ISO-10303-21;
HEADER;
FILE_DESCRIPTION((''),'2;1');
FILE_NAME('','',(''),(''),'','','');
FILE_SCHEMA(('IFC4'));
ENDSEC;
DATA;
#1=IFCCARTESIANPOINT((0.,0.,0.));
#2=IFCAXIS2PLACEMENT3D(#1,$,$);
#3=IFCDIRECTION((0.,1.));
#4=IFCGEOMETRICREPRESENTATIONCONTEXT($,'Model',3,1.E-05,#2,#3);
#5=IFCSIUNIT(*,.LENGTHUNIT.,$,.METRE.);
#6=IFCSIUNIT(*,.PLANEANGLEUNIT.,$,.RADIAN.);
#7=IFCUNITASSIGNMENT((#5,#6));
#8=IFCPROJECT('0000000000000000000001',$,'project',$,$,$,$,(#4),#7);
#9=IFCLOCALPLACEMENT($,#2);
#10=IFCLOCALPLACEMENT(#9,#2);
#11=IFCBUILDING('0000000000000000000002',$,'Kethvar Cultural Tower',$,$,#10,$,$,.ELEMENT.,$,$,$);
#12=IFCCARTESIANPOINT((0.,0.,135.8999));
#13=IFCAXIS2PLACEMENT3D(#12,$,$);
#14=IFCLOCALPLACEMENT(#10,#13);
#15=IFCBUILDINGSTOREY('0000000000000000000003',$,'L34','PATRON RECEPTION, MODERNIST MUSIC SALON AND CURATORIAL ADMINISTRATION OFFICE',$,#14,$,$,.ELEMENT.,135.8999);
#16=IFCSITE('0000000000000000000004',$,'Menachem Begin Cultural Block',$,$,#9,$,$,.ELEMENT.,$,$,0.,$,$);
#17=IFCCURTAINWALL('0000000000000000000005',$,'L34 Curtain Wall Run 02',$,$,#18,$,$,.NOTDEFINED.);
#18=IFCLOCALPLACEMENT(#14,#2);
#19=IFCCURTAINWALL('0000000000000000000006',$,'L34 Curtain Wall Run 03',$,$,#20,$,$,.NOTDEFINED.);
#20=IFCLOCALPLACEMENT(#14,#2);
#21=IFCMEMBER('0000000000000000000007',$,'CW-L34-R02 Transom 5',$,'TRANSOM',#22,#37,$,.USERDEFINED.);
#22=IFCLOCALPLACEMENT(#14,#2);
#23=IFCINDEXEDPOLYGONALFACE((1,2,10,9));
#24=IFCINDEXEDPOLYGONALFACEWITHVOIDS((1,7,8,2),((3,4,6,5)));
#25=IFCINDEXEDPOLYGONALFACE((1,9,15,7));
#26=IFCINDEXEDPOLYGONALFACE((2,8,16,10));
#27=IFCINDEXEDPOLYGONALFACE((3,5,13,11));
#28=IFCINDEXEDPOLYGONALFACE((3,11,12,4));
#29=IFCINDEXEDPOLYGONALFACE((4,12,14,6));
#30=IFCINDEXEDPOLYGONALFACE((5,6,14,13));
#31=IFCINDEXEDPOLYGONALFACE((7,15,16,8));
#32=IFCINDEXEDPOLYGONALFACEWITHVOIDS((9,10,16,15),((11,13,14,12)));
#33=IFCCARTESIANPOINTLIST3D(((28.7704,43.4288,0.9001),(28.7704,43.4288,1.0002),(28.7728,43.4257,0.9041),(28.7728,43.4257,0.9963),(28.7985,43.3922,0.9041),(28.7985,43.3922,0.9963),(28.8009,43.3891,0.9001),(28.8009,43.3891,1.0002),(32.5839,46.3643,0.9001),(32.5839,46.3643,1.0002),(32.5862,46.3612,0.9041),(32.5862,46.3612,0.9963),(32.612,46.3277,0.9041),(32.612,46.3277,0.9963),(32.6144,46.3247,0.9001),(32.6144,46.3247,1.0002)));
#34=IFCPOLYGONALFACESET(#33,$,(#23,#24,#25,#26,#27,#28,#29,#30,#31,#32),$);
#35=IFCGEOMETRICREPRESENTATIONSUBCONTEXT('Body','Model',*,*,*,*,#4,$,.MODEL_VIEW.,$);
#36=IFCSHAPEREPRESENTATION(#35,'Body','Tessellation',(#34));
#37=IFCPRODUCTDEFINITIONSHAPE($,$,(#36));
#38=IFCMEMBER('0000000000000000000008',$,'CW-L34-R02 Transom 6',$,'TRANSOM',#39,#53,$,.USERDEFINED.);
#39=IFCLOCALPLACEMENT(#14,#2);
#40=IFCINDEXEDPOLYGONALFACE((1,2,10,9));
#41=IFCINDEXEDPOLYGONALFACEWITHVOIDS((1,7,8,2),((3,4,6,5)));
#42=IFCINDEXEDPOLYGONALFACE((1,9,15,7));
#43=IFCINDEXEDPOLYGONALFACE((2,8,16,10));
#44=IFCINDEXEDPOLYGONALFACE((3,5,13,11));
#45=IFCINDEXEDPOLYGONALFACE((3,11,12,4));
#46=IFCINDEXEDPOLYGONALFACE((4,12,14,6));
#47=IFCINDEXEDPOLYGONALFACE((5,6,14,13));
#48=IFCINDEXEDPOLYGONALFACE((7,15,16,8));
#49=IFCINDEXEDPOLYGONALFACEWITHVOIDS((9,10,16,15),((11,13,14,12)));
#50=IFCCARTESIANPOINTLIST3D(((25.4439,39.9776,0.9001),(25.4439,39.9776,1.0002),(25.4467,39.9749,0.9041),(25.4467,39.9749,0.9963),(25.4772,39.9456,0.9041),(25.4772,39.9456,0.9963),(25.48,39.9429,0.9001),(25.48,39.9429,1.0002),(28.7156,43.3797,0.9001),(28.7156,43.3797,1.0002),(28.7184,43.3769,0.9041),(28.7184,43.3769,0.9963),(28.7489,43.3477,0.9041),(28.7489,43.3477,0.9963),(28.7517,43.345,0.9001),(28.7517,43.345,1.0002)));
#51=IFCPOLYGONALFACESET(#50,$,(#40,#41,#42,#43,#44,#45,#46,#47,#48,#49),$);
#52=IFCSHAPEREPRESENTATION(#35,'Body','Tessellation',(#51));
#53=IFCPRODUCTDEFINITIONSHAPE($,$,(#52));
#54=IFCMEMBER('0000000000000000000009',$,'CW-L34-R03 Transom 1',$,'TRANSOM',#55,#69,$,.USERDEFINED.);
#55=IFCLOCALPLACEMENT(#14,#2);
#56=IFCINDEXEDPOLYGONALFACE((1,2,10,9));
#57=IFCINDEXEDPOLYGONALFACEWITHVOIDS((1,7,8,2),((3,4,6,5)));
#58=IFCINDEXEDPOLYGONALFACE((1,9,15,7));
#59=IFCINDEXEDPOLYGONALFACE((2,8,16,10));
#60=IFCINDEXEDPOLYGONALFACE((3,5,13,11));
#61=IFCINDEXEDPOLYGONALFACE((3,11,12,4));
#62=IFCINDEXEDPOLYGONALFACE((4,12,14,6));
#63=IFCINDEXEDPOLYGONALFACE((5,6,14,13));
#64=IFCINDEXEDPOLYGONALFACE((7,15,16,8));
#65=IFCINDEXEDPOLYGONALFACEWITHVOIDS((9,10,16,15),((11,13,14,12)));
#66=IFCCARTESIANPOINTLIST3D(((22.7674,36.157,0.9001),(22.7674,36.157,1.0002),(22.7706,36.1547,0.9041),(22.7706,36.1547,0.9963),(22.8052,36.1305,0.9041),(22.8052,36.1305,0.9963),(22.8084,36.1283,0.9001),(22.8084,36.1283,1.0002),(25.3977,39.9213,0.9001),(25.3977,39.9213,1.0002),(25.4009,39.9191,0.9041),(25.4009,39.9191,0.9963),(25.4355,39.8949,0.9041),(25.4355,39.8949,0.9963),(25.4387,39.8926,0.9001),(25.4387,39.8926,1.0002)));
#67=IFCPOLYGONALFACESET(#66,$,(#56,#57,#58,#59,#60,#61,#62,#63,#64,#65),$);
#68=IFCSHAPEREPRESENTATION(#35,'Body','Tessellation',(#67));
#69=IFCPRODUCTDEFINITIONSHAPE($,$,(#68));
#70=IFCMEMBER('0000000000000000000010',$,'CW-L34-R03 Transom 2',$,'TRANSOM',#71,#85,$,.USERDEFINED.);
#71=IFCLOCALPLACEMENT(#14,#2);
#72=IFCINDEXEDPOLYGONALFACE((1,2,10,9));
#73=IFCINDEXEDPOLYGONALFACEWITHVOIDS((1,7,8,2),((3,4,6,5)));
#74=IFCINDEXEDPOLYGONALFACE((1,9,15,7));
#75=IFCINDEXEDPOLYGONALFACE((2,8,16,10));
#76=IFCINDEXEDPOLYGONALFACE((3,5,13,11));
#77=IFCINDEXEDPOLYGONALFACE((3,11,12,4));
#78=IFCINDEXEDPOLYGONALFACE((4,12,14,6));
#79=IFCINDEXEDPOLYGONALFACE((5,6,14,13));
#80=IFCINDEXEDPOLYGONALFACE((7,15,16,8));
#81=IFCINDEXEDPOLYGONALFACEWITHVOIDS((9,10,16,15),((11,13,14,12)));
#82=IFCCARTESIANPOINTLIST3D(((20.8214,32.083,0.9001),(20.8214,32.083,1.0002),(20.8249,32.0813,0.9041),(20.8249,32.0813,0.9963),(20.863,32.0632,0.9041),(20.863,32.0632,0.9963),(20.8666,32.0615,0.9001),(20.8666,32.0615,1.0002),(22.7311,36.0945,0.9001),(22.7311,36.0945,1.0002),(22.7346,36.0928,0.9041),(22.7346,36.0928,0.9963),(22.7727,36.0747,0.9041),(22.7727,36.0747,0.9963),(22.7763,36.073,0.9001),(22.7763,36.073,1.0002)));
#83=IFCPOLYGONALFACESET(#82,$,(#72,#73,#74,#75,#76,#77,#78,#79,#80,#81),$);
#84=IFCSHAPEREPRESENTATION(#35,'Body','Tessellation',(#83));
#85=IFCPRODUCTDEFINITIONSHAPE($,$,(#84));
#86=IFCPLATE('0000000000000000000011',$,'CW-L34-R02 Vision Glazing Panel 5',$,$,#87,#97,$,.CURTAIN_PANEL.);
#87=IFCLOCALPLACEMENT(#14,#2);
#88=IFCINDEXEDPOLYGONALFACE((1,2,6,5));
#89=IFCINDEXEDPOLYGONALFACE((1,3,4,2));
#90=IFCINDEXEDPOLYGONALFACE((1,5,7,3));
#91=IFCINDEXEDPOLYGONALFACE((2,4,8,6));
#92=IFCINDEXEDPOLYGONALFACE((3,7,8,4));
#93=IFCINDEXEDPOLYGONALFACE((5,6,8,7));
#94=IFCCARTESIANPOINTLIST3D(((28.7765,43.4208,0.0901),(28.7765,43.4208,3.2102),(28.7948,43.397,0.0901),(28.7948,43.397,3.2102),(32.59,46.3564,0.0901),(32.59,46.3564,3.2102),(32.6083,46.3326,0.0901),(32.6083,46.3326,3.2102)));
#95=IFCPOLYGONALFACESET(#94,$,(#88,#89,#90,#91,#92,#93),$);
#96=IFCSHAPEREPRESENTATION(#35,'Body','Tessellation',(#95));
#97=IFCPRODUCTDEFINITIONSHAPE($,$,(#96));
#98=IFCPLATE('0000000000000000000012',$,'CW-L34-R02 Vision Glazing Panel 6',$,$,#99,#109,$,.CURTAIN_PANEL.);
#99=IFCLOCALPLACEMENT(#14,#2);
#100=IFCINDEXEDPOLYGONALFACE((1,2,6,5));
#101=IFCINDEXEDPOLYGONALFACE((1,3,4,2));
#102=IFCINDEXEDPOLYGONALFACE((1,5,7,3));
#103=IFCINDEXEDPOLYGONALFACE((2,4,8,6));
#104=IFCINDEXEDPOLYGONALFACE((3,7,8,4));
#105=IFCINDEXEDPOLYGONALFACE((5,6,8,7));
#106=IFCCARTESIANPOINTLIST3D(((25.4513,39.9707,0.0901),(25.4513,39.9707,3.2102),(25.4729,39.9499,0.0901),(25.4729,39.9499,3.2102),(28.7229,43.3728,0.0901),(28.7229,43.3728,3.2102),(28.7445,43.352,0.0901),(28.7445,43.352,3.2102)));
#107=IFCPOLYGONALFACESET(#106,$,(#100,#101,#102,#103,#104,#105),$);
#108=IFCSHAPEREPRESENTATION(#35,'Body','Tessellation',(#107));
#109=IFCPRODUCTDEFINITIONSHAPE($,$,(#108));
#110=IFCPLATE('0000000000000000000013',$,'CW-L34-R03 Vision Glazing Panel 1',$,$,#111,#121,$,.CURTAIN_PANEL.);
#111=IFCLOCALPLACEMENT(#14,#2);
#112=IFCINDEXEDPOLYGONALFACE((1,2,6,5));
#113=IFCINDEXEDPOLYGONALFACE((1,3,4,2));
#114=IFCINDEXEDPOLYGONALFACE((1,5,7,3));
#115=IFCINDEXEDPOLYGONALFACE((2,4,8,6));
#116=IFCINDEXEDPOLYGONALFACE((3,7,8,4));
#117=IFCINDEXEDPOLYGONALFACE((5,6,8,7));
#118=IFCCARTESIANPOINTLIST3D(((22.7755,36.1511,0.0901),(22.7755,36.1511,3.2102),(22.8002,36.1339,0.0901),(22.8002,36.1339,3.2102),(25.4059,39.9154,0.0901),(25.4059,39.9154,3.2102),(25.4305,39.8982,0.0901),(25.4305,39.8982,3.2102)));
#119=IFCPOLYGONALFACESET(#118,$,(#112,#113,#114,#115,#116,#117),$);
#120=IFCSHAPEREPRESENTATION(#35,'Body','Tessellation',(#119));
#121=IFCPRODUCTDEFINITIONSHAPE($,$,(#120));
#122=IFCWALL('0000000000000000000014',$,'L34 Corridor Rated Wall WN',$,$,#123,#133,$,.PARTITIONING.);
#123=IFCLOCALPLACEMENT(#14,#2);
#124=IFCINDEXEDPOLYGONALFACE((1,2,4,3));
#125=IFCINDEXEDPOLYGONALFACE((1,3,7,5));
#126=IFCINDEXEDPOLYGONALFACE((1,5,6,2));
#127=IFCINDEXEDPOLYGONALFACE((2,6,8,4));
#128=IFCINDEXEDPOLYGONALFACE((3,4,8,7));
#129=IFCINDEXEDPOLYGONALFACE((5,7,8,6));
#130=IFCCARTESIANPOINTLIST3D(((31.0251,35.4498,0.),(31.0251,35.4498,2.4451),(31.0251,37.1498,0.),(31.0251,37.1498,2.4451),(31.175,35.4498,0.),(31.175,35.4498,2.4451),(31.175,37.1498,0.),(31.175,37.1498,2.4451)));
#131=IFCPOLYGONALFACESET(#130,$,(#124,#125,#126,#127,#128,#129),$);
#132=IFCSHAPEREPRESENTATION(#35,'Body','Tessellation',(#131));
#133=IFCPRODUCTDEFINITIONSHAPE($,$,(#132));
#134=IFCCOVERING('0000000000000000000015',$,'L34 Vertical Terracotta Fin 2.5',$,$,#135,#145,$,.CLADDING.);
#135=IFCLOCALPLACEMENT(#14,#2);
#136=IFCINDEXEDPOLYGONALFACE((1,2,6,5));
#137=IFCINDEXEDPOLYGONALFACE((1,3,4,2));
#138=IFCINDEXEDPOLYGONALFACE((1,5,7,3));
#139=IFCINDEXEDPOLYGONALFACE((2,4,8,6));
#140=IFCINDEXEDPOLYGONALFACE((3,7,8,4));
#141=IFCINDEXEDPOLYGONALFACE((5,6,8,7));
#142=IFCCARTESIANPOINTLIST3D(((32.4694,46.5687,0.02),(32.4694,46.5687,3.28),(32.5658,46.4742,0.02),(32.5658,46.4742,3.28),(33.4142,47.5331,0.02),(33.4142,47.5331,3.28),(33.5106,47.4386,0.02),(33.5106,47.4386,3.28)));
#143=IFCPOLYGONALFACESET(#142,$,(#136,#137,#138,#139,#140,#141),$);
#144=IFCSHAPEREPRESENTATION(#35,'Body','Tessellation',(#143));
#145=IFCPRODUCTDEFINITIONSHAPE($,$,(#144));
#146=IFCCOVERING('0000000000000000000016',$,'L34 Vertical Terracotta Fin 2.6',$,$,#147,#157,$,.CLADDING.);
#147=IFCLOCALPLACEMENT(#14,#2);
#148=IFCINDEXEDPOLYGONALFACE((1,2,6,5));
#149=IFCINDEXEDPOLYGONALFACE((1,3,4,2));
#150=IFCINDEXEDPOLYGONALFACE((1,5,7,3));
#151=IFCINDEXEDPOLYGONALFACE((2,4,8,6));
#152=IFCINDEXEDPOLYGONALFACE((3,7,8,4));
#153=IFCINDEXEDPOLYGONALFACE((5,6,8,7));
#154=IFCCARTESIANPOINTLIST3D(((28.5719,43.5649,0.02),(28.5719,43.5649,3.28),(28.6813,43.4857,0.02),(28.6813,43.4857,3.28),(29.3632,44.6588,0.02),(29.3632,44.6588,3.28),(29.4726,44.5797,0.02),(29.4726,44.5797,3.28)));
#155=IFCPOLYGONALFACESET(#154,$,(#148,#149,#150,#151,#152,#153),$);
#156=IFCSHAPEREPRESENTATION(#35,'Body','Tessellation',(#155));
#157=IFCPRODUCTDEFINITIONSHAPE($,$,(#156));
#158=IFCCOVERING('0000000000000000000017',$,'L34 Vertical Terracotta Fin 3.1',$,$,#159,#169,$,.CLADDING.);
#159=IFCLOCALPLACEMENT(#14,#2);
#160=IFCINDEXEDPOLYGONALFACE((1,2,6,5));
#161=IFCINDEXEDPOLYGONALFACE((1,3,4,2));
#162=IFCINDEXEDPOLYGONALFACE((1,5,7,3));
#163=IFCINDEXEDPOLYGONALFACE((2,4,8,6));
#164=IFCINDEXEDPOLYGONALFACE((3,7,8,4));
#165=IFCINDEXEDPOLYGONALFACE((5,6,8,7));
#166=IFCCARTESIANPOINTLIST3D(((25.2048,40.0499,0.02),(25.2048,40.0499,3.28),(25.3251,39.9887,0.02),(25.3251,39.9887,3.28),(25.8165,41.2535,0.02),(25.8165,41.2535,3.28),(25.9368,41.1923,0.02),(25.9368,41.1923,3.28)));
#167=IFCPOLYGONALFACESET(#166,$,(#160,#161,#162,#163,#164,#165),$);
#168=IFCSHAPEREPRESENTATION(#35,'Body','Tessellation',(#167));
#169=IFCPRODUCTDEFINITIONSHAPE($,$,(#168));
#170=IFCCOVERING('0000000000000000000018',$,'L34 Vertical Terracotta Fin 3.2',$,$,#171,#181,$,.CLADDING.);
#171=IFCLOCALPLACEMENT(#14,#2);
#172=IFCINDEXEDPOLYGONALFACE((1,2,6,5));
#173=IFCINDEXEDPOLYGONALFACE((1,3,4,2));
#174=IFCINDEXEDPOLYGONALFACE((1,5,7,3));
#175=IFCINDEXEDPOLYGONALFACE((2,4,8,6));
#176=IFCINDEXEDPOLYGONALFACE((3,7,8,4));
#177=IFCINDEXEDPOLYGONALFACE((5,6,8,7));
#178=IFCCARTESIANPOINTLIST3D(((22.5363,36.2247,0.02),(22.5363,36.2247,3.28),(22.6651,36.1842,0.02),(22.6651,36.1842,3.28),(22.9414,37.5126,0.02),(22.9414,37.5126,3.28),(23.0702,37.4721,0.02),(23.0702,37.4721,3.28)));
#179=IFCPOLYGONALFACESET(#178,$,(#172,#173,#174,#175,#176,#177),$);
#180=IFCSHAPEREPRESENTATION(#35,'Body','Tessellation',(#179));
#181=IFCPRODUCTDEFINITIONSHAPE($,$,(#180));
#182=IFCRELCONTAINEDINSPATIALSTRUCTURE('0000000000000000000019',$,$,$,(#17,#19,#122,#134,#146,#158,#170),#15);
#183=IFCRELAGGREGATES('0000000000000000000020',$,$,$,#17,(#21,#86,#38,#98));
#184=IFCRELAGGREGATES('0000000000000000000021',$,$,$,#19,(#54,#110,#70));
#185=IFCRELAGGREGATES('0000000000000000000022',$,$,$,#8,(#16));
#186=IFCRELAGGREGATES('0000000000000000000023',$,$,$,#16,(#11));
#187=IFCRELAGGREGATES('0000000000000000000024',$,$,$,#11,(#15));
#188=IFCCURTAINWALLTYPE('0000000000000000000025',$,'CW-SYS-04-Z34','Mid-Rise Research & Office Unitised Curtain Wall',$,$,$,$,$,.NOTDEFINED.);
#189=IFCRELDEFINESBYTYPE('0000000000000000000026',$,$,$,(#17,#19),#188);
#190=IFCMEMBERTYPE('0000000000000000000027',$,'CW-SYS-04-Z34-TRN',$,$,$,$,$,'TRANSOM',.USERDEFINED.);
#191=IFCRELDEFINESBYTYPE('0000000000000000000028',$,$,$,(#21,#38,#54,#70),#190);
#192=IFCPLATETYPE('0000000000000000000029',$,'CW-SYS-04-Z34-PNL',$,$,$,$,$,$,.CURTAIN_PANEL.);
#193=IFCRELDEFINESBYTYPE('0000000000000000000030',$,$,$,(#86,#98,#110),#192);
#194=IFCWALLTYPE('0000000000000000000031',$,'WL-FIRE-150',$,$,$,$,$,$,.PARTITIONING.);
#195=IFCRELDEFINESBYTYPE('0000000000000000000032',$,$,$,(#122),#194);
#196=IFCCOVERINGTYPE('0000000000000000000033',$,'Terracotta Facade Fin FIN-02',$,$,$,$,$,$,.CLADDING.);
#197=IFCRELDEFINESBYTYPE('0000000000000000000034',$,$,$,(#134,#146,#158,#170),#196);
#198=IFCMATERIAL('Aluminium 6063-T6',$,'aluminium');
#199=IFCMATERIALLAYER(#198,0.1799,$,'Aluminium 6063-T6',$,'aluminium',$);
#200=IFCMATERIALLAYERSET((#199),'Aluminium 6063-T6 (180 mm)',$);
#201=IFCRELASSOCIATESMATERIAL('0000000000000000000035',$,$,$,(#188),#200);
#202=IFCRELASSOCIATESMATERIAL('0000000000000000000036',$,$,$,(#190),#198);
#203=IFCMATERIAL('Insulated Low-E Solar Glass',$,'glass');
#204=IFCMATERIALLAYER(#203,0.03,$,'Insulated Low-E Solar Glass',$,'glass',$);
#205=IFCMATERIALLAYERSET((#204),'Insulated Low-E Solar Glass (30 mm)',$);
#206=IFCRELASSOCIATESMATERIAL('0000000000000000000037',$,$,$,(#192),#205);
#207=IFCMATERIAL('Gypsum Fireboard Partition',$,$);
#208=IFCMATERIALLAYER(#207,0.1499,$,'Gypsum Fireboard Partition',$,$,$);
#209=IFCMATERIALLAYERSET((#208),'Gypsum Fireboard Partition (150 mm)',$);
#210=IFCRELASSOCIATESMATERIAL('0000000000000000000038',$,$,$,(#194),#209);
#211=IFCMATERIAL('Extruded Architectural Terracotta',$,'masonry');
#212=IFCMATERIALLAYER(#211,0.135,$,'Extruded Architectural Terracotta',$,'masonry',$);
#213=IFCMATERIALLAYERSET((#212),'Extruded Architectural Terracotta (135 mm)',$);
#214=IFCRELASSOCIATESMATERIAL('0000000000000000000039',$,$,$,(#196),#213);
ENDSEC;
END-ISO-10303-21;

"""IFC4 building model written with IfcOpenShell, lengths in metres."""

from ifc_helpers import new_model, si_unit, direction, frame, frame_2d, origin, origin_2d, place, context, subcontext, project, spatial, rectangle, hollow_rectangle, extrude, source, transform, mapped, material, layer, layer_set, material_profile, profile_set, type_object, element, aggregate, save


model = new_model("IFC4")

# Units and contexts
model_context = context("Model", 3, precision=1e-05, world=origin(), true_north=direction((0.0, 1.0)))
body_context = subcontext(model_context, "Body", "Model", "MODEL_VIEW")
ifc_project = project(units=[si_unit("LENGTHUNIT", "METRE"), si_unit("PLANEANGLEUNIT", "RADIAN")], contexts=[model_context])

# Site, building, storey
site_placement = place(None, origin())
site = spatial("IfcSite", under=ifc_project, at=site_placement, Name="Menachem Begin Cultural Block", CompositionType="ELEMENT", RefElevation=0.0)
building_placement = place(site_placement, origin())
building = spatial("IfcBuilding", under=site, at=building_placement, Name="Kethvar Cultural Tower", CompositionType="ELEMENT")
storey_placement = place(building_placement, frame((0.0, 0.0, 135.8999)))
storey = spatial("IfcBuildingStorey", under=building, at=storey_placement, Name="L34", Description="PATRON RECEPTION, MODERNIST MUSIC SALON AND CURATORIAL ADMINISTRATION OFFICE", CompositionType="ELEMENT", Elevation=135.8999)

# Curtain walls
ifc_material_1 = material(Name="Aluminium 6063-T6", Category="aluminium")
ifc_layer_1 = layer(ifc_material_1, 0.1799, Name="Aluminium 6063-T6", Category="aluminium")
ifc_layer_set_1 = layer_set([ifc_layer_1], Name="Aluminium 6063-T6 (180 mm)")
curtain_wall_type = type_object("IfcCurtainWallType", Name="CW-SYS-04-Z34", Description="Mid-Rise Research & Office Unitised Curtain Wall", PredefinedType="NOTDEFINED", material=ifc_layer_set_1)
curtain_wall_1_placement = place(storey_placement, origin())
curtain_wall_1 = element("IfcCurtainWall", 1, at=curtain_wall_1_placement, inside=storey, type_object=curtain_wall_type, Name="L34 Curtain Wall Run 02", PredefinedType="NOTDEFINED")
curtain_wall_2_placement = place(storey_placement, origin())
curtain_wall_2 = element("IfcCurtainWall", 2, at=curtain_wall_2_placement, inside=storey, type_object=curtain_wall_type, Name="L34 Curtain Wall Run 03", PredefinedType="NOTDEFINED")

# Members
ifc_material_profile_1 = material_profile(ifc_material_1, hollow_rectangle(XDim=0.05, YDim=0.1001, WallThickness=0.0039, at=origin_2d()), Name="Aluminium 6063-T6 — RHS100x50x4")
ifc_profile_set_1 = profile_set([ifc_material_profile_1], Name="Aluminium 6063-T6 — RHS100x50x4")
member_type_1 = type_object("IfcMemberType", Name="CW-SYS-04-Z34-TRN", ElementType="TRANSOM", PredefinedType="USERDEFINED", material=ifc_profile_set_1)
shared_shape_1 = source(origin(), body_context, "Body", "SweptSolid", [
    extrude(hollow_rectangle(XDim=0.05, YDim=0.1001, WallThickness=0.0039, at=origin_2d()), origin(), (0.0, 0.0, 1.0), 4.8125),
])
member_1_placement = place(storey_placement, frame((32.5991, 46.3445, 0.9502), z_axis=(-0.792413, -0.609985, 0.0), x_axis=(0.609985, -0.792413, 0.0)))
member_1 = element("IfcMember", 3, at=member_1_placement, type_object=member_type_1, Name="CW-L34-R02 Transom 5", ObjectType="TRANSOM", PredefinedType="USERDEFINED", context=body_context, shape_type="MappedRepresentation", body=[
    mapped(shared_shape_1, transform((0.0, 0.0, 0.0), scale=1.0)),
])
shared_shape_2 = source(origin(), body_context, "Body", "SweptSolid", [
    extrude(hollow_rectangle(XDim=0.05, YDim=0.1001, WallThickness=0.0039, at=origin_2d()), origin(), (0.0, 0.0, 1.0), 4.72),
])
member_2_placement = place(storey_placement, frame((28.7336, 43.3623, 0.9502), z_axis=(-0.693161, -0.720782, 0.0), x_axis=(0.720782, -0.693161, 0.0)))
member_2 = element("IfcMember", 4, at=member_2_placement, type_object=member_type_1, Name="CW-L34-R02 Transom 6", ObjectType="TRANSOM", PredefinedType="USERDEFINED", context=body_context, shape_type="MappedRepresentation", body=[
    mapped(shared_shape_2, transform((0.0, 0.0, 0.0), scale=1.0)),
])
shared_shape_3 = source(origin(), body_context, "Body", "SweptSolid", [
    extrude(hollow_rectangle(XDim=0.05, YDim=0.1001, WallThickness=0.0039, at=origin_2d()), origin(), (0.0, 0.0, 1.0), 4.5923),
])
member_3_placement = place(storey_placement, frame((25.4182, 39.907, 0.9502), z_axis=(-0.572774, -0.819714, 0.0), x_axis=(0.819714, -0.572774, 0.0)))
member_3 = element("IfcMember", 5, at=member_3_placement, type_object=member_type_1, Name="CW-L34-R03 Transom 1", ObjectType="TRANSOM", PredefinedType="USERDEFINED", context=body_context, shape_type="MappedRepresentation", body=[
    mapped(shared_shape_3, transform((0.0, 0.0, 0.0), scale=1.0)),
])
shared_shape_4 = source(origin(), body_context, "Body", "SweptSolid", [
    extrude(hollow_rectangle(XDim=0.05, YDim=0.1001, WallThickness=0.0039, at=origin_2d()), origin(), (0.0, 0.0, 1.0), 4.4429),
])
member_4_placement = place(storey_placement, frame((22.7537, 36.0837, 0.9502), z_axis=(-0.429831, -0.902909, 0.0), x_axis=(0.902909, -0.429831, 0.0)))
member_4 = element("IfcMember", 6, at=member_4_placement, type_object=member_type_1, Name="CW-L34-R03 Transom 2", ObjectType="TRANSOM", PredefinedType="USERDEFINED", context=body_context, shape_type="MappedRepresentation", body=[
    mapped(shared_shape_4, transform((0.0, 0.0, 0.0), scale=1.0)),
])

# Plates
ifc_material_2 = material(Name="Insulated Low-E Solar Glass", Category="glass")
ifc_layer_2 = layer(ifc_material_2, 0.03, Name="Insulated Low-E Solar Glass", Category="glass")
ifc_layer_set_2 = layer_set([ifc_layer_2], Name="Insulated Low-E Solar Glass (30 mm)")
plate_type = type_object("IfcPlateType", Name="CW-SYS-04-Z34-PNL", PredefinedType="CURTAIN_PANEL", material=ifc_layer_set_2)
shared_shape_5 = source(origin(), body_context, "Body", "SweptSolid", [
    extrude(rectangle(XDim=4.8125, YDim=0.03, at=origin_2d()), origin(), (0.0, 0.0, 1.0), 3.1201),
])
plate_1_placement = place(storey_placement, frame((30.6924, 44.8767, 0.0901), z_axis=(0.0, 0.0, 1.0), x_axis=(-0.792417, -0.609979, 0.0)))
plate_1 = element("IfcPlate", 7, at=plate_1_placement, type_object=plate_type, Name="CW-L34-R02 Vision Glazing Panel 5", PredefinedType="CURTAIN_PANEL", context=body_context, shape_type="MappedRepresentation", body=[
    mapped(shared_shape_5, transform((0.0, 0.0, 0.0), scale=1.0)),
])
shared_shape_6 = source(origin(), body_context, "Body", "SweptSolid", [
    extrude(rectangle(XDim=4.72, YDim=0.03, at=origin_2d()), origin(), (0.0, 0.0, 1.0), 3.1201),
])
plate_2_placement = place(storey_placement, frame((27.0979, 41.6614, 0.0901), z_axis=(0.0, 0.0, 1.0), x_axis=(-0.69315, -0.720793, 0.0)))
plate_2 = element("IfcPlate", 8, at=plate_2_placement, type_object=plate_type, Name="CW-L34-R02 Vision Glazing Panel 6", PredefinedType="CURTAIN_PANEL", context=body_context, shape_type="MappedRepresentation", body=[
    mapped(shared_shape_6, transform((0.0, 0.0, 0.0), scale=1.0)),
])
aggregate(curtain_wall_1, [member_1, plate_1, member_2, plate_2])
shared_shape_7 = source(origin(), body_context, "Body", "SweptSolid", [
    extrude(rectangle(XDim=4.5923, YDim=0.03, at=origin_2d()), origin(), (0.0, 0.0, 1.0), 3.1201),
])
plate_3_placement = place(storey_placement, frame((24.103, 38.0247, 0.0901), z_axis=(0.0, 0.0, 1.0), x_axis=(-0.572776, -0.819712, 0.0)))
plate_3 = element("IfcPlate", 9, at=plate_3_placement, type_object=plate_type, Name="CW-L34-R03 Vision Glazing Panel 1", PredefinedType="CURTAIN_PANEL", context=body_context, shape_type="MappedRepresentation", body=[
    mapped(shared_shape_7, transform((0.0, 0.0, 0.0), scale=1.0)),
])
aggregate(curtain_wall_2, [member_3, plate_3, member_4])

# Wall
ifc_material_3 = material(Name="Gypsum Fireboard Partition")
ifc_layer_3 = layer(ifc_material_3, 0.1499, Name="Gypsum Fireboard Partition")
ifc_layer_set_3 = layer_set([ifc_layer_3], Name="Gypsum Fireboard Partition (150 mm)")
wall_type = type_object("IfcWallType", Name="WL-FIRE-150", PredefinedType="PARTITIONING", material=ifc_layer_set_3)
wall_placement = place(storey_placement, frame((31.1001, 37.1499, 0.0), z_axis=(0.0, 0.0, 1.0), x_axis=(0.0, -1.0, 0.0)))
element("IfcWall", 10, at=wall_placement, inside=storey, type_object=wall_type, Name="L34 Corridor Rated Wall WN", PredefinedType="PARTITIONING", context=body_context, shape_type="SweptSolid", body=[
    extrude(rectangle(XDim=1.7, YDim=0.1499, at=frame_2d((0.8501, 0.0))), origin(), (0.0, 0.0, 1.0), 2.4451),
])

# Coverings
ifc_material_4 = material(Name="Extruded Architectural Terracotta", Category="masonry")
ifc_layer_4 = layer(ifc_material_4, 0.135, Name="Extruded Architectural Terracotta", Category="masonry")
ifc_layer_set_4 = layer_set([ifc_layer_4], Name="Extruded Architectural Terracotta (135 mm)")
covering_type = type_object("IfcCoveringType", Name="Terracotta Facade Fin FIN-02", PredefinedType="CLADDING", material=ifc_layer_set_4)
shared_shape_8 = source(origin(), body_context, "Body", "SweptSolid", [
    extrude(rectangle(XDim=1.3501, YDim=0.135, at=origin_2d()), origin(), (0.0, 0.0, 1.0), 3.26),
])
for number, where, z_axis, x_axis, name in (
    (11, (32.99, 47.0037, 0.02), (0.0, 0.0, 1.0), (0.699788, 0.714351, 0.0), "L34 Vertical Terracotta Fin 2.5"),
    (12, (29.0222, 44.0723, 0.02), (0.0, 0.0, 1.0), (0.58609, 0.810246, 0.0), "L34 Vertical Terracotta Fin 2.6"),
    (13, (25.5708, 40.6211, 0.02), (0.0, 0.0, 1.0), (0.453057, 0.891481, 0.0), "L34 Vertical Terracotta Fin 3.1"),
    (14, (22.8032, 36.8484, 0.02), (0.0, 0.0, 1.0), (0.30004, 0.953927, 0.0), "L34 Vertical Terracotta Fin 3.2"),
):
    element("IfcCovering", number, at=place(storey_placement, frame(where, z_axis=z_axis, x_axis=x_axis)), inside=storey, type_object=covering_type, Name=name, PredefinedType="CLADDING", context=body_context, shape_type="MappedRepresentation", body=[
        mapped(shared_shape_8, transform((0.0, 0.0, 0.0), scale=1.0)),
    ])

save(model, "model.ifc")
